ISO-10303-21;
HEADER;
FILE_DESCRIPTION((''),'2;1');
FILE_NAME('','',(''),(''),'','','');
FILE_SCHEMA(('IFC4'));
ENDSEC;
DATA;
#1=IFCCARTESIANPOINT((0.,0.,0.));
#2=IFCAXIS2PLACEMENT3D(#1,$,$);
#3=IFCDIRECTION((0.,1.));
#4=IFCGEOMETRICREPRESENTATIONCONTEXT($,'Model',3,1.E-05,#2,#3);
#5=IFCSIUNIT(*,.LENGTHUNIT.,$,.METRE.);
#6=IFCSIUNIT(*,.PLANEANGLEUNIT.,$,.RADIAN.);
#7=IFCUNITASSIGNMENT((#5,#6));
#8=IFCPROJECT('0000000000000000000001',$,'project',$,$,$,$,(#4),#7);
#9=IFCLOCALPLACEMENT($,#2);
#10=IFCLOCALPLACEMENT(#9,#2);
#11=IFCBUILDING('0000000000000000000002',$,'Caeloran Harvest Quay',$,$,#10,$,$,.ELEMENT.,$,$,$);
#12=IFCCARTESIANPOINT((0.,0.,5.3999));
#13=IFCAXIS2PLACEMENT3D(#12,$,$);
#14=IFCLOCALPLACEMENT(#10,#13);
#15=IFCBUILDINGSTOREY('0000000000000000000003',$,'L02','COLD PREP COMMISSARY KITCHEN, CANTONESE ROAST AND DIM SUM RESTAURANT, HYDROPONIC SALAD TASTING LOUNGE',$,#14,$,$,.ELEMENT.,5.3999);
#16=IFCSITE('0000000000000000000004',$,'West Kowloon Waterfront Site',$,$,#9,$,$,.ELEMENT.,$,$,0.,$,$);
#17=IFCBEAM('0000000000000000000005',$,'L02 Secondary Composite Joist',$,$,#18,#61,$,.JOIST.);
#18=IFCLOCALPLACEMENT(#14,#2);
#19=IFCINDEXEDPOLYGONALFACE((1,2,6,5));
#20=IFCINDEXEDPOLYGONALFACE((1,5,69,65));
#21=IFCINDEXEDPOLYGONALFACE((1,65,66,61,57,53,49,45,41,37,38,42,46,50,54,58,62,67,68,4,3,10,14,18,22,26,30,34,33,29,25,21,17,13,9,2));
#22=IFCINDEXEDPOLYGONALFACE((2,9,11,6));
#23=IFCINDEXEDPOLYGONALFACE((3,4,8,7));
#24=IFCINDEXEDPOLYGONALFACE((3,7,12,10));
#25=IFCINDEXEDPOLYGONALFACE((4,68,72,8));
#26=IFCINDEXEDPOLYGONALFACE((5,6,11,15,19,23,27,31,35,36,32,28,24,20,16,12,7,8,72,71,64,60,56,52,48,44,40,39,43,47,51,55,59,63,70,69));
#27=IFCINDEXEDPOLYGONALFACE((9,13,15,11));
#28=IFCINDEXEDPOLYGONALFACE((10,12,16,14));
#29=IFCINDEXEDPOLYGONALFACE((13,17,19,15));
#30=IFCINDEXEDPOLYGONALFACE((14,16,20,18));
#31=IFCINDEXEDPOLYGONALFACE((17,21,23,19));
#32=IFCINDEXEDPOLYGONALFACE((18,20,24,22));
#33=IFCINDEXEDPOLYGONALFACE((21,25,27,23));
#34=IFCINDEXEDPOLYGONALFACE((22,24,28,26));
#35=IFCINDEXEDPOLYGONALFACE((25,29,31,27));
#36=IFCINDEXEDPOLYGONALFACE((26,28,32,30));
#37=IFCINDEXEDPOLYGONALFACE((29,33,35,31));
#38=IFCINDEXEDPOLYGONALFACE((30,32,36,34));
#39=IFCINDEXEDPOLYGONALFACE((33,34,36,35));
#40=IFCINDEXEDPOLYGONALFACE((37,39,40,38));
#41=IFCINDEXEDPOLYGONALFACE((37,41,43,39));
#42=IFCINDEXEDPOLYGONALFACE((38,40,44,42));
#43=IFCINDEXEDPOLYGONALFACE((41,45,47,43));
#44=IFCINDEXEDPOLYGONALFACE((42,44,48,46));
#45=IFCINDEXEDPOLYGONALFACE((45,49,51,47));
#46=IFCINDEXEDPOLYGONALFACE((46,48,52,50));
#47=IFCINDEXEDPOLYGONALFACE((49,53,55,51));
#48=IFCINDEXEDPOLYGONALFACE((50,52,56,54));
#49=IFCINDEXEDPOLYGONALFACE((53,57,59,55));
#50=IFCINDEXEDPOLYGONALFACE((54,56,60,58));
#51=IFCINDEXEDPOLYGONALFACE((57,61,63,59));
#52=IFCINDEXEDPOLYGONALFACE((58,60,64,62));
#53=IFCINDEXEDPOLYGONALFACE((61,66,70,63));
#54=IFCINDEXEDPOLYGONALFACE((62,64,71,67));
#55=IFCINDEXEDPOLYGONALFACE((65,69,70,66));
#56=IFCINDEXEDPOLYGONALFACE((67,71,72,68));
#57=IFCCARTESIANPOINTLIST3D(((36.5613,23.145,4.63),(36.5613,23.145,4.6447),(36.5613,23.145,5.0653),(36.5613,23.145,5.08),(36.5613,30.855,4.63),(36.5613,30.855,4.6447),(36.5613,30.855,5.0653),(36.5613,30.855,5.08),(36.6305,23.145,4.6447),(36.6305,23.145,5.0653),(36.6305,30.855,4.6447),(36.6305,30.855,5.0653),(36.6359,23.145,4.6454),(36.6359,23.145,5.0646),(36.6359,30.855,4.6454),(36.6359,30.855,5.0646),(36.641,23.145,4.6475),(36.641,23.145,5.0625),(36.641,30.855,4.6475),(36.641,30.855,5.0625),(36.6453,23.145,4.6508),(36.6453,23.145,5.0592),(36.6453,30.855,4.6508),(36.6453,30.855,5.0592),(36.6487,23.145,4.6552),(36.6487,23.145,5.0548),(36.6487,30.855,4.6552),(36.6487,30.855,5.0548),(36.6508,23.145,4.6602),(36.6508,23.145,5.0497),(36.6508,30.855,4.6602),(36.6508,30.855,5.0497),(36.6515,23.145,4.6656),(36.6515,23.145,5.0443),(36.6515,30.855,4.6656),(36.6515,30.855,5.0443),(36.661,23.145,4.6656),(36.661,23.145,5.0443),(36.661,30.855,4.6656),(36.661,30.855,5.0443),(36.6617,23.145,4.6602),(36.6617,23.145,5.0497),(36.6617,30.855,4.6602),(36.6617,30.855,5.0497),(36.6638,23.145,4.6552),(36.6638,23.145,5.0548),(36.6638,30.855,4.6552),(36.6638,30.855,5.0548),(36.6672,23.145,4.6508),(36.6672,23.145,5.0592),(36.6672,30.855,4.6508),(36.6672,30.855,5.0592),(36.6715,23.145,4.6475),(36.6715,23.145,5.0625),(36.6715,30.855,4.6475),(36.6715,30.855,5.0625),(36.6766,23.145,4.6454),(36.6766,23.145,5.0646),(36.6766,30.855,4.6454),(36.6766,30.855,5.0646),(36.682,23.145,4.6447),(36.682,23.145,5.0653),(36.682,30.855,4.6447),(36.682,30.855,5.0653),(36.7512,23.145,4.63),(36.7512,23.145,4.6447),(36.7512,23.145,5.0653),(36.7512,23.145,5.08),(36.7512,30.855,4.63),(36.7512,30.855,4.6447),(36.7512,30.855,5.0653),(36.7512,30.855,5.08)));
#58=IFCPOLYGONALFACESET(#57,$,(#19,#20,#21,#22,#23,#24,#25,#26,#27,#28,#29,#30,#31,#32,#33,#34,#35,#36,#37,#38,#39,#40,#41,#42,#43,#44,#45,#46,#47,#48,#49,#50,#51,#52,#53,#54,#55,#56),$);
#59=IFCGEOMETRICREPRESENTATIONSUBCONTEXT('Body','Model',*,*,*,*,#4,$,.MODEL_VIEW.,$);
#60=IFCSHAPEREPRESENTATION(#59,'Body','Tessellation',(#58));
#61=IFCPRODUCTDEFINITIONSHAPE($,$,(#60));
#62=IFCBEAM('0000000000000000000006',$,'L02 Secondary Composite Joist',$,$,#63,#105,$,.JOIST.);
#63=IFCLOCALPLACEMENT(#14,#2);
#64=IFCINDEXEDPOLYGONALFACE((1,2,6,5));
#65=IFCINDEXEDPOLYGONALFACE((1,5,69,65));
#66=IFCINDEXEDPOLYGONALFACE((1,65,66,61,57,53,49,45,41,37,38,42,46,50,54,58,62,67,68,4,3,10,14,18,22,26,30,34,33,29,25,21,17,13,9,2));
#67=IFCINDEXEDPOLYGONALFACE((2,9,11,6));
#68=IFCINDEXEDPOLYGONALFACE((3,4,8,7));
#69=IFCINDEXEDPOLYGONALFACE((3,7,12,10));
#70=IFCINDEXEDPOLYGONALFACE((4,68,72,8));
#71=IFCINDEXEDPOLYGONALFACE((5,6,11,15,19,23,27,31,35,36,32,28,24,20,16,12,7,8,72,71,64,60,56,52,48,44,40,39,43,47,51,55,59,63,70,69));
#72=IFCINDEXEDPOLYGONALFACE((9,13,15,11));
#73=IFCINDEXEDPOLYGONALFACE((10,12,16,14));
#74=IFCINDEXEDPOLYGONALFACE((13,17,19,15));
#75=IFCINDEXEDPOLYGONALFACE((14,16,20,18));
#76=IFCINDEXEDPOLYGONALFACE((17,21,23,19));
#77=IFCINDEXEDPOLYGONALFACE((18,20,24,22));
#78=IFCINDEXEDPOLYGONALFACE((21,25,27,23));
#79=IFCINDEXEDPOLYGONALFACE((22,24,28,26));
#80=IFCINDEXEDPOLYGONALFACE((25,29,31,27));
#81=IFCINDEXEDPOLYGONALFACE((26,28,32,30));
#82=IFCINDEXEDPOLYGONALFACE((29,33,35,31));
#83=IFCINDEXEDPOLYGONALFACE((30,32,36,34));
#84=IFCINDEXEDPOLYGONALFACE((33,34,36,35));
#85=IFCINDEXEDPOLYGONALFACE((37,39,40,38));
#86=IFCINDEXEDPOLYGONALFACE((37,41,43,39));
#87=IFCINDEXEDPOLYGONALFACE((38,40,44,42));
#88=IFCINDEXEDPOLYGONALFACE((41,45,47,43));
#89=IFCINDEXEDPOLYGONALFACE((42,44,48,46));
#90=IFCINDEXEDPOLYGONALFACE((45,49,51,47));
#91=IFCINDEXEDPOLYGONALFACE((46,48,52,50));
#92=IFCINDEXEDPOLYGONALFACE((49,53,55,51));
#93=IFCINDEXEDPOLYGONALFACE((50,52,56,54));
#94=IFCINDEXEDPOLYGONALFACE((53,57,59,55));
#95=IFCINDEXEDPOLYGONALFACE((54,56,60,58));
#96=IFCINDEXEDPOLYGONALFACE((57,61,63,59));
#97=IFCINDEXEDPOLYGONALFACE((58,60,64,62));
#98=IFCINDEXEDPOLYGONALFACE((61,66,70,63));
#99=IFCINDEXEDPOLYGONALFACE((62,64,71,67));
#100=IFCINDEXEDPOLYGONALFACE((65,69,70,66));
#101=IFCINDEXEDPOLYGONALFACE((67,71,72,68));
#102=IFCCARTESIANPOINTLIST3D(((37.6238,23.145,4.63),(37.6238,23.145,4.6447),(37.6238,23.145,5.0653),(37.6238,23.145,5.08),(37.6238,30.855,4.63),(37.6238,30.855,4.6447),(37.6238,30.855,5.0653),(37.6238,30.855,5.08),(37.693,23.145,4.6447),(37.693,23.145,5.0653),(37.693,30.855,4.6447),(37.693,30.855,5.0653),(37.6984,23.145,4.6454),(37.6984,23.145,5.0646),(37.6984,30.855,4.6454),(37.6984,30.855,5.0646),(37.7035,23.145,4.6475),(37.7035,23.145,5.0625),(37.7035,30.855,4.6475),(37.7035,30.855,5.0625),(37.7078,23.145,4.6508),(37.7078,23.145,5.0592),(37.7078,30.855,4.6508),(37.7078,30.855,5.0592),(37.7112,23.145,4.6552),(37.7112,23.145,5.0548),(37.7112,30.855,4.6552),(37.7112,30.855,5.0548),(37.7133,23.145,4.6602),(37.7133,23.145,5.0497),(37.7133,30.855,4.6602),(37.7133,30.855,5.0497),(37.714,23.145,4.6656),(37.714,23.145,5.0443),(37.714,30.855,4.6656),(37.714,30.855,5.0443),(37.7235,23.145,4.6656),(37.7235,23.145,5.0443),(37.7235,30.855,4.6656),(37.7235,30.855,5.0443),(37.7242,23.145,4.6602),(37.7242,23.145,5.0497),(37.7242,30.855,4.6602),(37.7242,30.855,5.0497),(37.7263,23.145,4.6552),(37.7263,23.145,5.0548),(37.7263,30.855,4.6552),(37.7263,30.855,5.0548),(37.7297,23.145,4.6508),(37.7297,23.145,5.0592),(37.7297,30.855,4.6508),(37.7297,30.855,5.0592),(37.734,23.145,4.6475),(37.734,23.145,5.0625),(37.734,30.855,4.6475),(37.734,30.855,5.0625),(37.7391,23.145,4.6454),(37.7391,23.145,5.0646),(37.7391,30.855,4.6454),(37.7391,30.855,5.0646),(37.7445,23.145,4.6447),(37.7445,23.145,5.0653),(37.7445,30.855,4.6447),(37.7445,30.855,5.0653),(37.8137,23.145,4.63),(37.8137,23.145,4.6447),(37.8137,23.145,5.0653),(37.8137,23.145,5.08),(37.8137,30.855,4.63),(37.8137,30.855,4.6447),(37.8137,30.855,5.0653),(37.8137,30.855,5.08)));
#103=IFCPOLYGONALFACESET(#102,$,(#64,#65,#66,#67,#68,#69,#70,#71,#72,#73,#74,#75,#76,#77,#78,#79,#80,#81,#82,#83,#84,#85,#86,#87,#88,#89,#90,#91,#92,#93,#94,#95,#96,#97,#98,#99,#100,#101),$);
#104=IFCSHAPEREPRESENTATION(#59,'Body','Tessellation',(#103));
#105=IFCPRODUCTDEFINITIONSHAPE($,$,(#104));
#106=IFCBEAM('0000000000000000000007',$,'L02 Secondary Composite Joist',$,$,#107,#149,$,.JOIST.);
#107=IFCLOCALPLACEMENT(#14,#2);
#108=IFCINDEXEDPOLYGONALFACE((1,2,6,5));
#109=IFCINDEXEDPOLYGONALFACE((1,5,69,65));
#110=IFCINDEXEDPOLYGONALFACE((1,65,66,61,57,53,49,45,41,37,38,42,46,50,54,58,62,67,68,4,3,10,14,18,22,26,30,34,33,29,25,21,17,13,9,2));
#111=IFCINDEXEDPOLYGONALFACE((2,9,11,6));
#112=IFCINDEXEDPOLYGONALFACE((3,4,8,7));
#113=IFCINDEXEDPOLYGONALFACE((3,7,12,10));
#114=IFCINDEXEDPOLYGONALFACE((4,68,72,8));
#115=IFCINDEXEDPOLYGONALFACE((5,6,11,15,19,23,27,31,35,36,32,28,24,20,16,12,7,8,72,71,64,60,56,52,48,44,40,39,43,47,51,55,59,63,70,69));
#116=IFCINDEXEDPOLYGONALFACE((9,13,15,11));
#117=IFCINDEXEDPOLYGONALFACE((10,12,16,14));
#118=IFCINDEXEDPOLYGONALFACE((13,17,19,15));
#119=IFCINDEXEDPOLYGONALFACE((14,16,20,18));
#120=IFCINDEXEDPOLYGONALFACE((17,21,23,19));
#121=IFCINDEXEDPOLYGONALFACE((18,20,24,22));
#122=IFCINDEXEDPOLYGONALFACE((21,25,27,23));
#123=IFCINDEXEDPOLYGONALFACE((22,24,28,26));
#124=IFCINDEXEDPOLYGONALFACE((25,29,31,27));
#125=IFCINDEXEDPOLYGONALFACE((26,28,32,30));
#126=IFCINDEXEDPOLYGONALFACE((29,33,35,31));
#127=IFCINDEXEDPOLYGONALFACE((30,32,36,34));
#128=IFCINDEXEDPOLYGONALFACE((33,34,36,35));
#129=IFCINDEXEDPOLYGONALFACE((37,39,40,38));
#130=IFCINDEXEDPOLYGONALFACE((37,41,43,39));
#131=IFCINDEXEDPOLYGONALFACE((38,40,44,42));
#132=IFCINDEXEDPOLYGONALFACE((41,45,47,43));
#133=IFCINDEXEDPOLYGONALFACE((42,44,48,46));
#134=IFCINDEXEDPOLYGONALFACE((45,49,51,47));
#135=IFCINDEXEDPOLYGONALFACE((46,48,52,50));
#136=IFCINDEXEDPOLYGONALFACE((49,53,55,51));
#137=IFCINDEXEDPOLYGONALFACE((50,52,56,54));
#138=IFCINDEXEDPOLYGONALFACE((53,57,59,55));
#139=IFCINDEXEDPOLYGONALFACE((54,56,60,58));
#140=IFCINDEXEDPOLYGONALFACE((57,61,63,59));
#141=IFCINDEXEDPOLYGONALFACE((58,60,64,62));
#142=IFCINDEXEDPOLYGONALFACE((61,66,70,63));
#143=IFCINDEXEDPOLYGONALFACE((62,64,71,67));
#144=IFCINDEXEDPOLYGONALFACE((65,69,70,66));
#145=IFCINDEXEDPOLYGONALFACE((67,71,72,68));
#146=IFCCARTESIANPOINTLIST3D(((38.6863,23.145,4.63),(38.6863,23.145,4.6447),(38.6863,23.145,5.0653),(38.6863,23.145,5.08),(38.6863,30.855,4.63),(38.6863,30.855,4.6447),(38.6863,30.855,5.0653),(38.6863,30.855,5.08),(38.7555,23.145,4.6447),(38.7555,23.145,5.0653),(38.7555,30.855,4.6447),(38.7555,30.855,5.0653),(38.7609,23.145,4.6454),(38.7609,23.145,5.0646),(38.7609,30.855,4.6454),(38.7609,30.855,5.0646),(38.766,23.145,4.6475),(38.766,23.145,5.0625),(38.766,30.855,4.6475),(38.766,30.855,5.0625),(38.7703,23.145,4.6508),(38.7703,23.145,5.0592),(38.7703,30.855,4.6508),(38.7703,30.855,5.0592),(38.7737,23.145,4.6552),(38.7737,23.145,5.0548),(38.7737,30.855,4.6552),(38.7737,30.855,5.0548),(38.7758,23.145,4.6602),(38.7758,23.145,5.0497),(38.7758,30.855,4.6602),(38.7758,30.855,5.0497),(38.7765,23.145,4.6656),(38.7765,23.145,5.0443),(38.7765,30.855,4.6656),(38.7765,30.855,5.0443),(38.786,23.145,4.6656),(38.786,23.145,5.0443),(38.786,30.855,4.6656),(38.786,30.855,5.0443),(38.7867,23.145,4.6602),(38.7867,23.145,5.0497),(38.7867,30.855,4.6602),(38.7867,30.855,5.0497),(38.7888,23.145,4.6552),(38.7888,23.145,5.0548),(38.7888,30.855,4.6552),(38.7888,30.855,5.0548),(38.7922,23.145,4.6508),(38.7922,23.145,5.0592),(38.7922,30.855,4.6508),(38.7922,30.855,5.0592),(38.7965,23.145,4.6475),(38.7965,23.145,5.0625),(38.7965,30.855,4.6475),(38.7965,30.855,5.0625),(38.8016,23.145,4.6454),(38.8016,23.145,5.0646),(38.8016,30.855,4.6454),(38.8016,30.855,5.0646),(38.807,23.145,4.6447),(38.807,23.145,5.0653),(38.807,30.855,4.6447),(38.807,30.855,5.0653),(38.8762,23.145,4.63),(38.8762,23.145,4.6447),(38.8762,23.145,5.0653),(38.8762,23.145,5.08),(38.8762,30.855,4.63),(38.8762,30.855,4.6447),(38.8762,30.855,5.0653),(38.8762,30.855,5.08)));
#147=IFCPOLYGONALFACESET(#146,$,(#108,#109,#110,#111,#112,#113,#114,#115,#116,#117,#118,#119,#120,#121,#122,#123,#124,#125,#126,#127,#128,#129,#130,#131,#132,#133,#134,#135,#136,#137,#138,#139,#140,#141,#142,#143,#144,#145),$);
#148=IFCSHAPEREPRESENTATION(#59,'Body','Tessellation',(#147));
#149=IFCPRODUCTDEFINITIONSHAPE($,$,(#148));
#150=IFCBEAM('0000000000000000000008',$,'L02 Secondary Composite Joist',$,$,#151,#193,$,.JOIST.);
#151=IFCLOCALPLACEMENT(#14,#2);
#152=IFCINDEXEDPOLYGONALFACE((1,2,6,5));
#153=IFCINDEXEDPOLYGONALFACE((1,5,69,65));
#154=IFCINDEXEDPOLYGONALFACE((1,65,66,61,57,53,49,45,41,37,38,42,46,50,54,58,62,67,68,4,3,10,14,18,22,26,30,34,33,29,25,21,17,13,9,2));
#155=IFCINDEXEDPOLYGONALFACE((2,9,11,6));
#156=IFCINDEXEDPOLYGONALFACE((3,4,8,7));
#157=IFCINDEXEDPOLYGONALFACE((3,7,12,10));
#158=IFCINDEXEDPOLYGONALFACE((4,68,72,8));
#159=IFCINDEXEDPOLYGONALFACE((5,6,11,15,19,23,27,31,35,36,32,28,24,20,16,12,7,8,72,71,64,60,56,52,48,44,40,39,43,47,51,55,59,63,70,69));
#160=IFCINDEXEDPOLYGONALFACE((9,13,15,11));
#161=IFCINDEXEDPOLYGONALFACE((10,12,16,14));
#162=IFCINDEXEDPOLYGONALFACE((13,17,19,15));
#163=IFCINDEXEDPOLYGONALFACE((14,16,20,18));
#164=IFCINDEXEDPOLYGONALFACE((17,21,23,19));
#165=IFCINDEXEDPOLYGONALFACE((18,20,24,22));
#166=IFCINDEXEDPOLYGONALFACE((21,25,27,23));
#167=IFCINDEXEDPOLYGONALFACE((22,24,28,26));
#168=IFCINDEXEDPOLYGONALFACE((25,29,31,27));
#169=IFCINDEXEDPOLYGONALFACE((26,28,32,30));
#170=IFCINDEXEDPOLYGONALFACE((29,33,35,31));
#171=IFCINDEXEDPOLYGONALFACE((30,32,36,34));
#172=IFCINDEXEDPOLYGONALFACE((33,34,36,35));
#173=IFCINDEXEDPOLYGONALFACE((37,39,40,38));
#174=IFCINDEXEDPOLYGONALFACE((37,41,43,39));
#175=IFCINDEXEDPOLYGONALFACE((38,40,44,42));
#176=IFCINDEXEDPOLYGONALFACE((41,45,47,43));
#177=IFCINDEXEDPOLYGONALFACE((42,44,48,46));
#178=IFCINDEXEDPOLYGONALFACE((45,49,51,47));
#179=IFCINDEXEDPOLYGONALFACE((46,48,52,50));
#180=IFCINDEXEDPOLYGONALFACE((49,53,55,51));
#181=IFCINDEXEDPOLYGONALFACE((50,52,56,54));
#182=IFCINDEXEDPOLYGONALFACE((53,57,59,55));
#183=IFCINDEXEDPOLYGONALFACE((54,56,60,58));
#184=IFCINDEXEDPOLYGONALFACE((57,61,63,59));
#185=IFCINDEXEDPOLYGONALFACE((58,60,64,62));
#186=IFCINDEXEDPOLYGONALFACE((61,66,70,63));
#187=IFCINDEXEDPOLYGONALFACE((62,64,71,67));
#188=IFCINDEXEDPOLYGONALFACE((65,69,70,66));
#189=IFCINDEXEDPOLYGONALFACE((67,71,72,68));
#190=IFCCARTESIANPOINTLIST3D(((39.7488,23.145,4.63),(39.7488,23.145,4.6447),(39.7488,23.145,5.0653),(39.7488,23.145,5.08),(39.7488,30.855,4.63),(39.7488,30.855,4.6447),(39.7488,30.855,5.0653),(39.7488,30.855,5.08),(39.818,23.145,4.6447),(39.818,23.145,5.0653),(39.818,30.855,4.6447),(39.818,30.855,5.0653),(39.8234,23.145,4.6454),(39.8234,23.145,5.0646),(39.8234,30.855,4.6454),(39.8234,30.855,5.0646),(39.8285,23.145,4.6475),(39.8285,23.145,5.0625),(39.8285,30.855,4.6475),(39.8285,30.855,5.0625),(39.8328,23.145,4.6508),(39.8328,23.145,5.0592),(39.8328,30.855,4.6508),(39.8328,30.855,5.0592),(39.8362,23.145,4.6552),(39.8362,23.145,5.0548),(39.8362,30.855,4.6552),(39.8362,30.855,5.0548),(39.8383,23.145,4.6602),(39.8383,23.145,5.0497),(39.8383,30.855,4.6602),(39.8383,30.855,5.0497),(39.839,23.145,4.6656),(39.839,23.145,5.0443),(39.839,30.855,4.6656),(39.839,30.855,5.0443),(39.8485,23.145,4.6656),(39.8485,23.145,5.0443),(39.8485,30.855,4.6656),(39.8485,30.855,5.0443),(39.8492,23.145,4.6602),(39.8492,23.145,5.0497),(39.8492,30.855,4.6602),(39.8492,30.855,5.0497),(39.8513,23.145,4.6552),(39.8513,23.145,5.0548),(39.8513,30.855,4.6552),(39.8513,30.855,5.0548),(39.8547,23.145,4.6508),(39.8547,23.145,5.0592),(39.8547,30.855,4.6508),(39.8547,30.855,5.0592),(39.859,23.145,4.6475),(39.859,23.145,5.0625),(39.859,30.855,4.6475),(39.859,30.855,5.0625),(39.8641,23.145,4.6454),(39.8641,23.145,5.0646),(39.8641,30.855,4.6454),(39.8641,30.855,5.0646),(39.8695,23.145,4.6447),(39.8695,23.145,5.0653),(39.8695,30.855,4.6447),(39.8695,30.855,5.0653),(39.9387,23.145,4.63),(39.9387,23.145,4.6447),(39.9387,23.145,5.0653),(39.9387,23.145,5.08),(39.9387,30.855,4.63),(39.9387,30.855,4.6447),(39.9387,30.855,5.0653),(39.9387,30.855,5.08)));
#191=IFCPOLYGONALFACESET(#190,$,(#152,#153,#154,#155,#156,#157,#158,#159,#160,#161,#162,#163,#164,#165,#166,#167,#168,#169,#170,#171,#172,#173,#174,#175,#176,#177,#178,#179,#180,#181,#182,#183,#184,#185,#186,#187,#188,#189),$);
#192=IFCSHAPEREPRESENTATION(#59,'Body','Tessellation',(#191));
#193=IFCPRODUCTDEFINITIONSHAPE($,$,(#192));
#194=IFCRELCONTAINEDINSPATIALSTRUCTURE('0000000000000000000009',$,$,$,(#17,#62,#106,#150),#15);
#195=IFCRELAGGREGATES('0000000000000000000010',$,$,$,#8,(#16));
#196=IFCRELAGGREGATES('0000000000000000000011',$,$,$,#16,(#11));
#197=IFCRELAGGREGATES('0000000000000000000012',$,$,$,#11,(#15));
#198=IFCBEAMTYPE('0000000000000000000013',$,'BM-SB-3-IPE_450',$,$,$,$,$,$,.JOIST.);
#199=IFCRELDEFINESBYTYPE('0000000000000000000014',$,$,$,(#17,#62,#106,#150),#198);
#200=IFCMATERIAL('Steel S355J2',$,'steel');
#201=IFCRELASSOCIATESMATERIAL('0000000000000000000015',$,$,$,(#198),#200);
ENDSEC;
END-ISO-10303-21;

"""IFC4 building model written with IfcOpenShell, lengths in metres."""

from ifc_helpers import new_model, si_unit, direction, frame, origin, origin_2d, place, context, subcontext, project, spatial, i_section, extrude, material, material_profile, profile_set, type_object, element, save


model = new_model("IFC4")

# Units and contexts
model_context = context("Model", 3, precision=1e-05, world=origin(), true_north=direction((0.0, 1.0)))
body_context = subcontext(model_context, "Body", "Model", "MODEL_VIEW")
ifc_project = project(units=[si_unit("LENGTHUNIT", "METRE"), si_unit("PLANEANGLEUNIT", "RADIAN")], contexts=[model_context])

# Site, building, storey
site_placement = place(None, origin())
site = spatial("IfcSite", under=ifc_project, at=site_placement, Name="West Kowloon Waterfront Site", CompositionType="ELEMENT", RefElevation=0.0)
building_placement = place(site_placement, origin())
building = spatial("IfcBuilding", under=site, at=building_placement, Name="Caeloran Harvest Quay", CompositionType="ELEMENT")
storey_placement = place(building_placement, frame((0.0, 0.0, 5.3999)))
storey = spatial("IfcBuildingStorey", under=building, at=storey_placement, Name="L02", Description="COLD PREP COMMISSARY KITCHEN, CANTONESE ROAST AND DIM SUM RESTAURANT, HYDROPONIC SALAD TASTING LOUNGE", CompositionType="ELEMENT", Elevation=5.3999)

# Beams
ifc_material_1 = material(Name="Steel S355J2", Category="steel")
ifc_material_profile_1 = material_profile(ifc_material_1, i_section(OverallWidth=0.1899, OverallDepth=0.45, WebThickness=0.0095, FlangeThickness=0.0146, FilletRadius=0.021, at=origin_2d()), Name="IPE 450")
ifc_profile_set_1 = profile_set([ifc_material_profile_1], Name="Steel S355J2")
beam_type_1 = type_object("IfcBeamType", Name="BM-SB-3-IPE_450", PredefinedType="JOIST", material=ifc_profile_set_1)
for number, where, z_axis, x_axis, name in (
    (1, (36.6562, 23.145, 4.855), (0.0, 1.0, 0.0), (-1.0, 0.0, 0.0), "L02 Secondary Composite Joist"),
    (2, (37.7188, 23.145, 4.855), (0.0, 1.0, 0.0), (-1.0, 0.0, 0.0), "L02 Secondary Composite Joist"),
    (3, (38.7812, 23.145, 4.855), (0.0, 1.0, 0.0), (-1.0, 0.0, 0.0), "L02 Secondary Composite Joist"),
    (4, (39.8438, 23.145, 4.855), (0.0, 1.0, 0.0), (-1.0, 0.0, 0.0), "L02 Secondary Composite Joist"),
):
    element("IfcBeam", number, at=place(storey_placement, frame(where, z_axis=z_axis, x_axis=x_axis)), inside=storey, type_object=beam_type_1, Name=name, PredefinedType="JOIST", context=body_context, shape_type="SweptSolid", body=[
        extrude(i_section(OverallWidth=0.1899, OverallDepth=0.45, WebThickness=0.0095, FlangeThickness=0.0146, FilletRadius=0.021, at=origin_2d()), origin(), (0.0, 0.0, 1.0), 7.71),
    ])

save(model, "model.ifc")
